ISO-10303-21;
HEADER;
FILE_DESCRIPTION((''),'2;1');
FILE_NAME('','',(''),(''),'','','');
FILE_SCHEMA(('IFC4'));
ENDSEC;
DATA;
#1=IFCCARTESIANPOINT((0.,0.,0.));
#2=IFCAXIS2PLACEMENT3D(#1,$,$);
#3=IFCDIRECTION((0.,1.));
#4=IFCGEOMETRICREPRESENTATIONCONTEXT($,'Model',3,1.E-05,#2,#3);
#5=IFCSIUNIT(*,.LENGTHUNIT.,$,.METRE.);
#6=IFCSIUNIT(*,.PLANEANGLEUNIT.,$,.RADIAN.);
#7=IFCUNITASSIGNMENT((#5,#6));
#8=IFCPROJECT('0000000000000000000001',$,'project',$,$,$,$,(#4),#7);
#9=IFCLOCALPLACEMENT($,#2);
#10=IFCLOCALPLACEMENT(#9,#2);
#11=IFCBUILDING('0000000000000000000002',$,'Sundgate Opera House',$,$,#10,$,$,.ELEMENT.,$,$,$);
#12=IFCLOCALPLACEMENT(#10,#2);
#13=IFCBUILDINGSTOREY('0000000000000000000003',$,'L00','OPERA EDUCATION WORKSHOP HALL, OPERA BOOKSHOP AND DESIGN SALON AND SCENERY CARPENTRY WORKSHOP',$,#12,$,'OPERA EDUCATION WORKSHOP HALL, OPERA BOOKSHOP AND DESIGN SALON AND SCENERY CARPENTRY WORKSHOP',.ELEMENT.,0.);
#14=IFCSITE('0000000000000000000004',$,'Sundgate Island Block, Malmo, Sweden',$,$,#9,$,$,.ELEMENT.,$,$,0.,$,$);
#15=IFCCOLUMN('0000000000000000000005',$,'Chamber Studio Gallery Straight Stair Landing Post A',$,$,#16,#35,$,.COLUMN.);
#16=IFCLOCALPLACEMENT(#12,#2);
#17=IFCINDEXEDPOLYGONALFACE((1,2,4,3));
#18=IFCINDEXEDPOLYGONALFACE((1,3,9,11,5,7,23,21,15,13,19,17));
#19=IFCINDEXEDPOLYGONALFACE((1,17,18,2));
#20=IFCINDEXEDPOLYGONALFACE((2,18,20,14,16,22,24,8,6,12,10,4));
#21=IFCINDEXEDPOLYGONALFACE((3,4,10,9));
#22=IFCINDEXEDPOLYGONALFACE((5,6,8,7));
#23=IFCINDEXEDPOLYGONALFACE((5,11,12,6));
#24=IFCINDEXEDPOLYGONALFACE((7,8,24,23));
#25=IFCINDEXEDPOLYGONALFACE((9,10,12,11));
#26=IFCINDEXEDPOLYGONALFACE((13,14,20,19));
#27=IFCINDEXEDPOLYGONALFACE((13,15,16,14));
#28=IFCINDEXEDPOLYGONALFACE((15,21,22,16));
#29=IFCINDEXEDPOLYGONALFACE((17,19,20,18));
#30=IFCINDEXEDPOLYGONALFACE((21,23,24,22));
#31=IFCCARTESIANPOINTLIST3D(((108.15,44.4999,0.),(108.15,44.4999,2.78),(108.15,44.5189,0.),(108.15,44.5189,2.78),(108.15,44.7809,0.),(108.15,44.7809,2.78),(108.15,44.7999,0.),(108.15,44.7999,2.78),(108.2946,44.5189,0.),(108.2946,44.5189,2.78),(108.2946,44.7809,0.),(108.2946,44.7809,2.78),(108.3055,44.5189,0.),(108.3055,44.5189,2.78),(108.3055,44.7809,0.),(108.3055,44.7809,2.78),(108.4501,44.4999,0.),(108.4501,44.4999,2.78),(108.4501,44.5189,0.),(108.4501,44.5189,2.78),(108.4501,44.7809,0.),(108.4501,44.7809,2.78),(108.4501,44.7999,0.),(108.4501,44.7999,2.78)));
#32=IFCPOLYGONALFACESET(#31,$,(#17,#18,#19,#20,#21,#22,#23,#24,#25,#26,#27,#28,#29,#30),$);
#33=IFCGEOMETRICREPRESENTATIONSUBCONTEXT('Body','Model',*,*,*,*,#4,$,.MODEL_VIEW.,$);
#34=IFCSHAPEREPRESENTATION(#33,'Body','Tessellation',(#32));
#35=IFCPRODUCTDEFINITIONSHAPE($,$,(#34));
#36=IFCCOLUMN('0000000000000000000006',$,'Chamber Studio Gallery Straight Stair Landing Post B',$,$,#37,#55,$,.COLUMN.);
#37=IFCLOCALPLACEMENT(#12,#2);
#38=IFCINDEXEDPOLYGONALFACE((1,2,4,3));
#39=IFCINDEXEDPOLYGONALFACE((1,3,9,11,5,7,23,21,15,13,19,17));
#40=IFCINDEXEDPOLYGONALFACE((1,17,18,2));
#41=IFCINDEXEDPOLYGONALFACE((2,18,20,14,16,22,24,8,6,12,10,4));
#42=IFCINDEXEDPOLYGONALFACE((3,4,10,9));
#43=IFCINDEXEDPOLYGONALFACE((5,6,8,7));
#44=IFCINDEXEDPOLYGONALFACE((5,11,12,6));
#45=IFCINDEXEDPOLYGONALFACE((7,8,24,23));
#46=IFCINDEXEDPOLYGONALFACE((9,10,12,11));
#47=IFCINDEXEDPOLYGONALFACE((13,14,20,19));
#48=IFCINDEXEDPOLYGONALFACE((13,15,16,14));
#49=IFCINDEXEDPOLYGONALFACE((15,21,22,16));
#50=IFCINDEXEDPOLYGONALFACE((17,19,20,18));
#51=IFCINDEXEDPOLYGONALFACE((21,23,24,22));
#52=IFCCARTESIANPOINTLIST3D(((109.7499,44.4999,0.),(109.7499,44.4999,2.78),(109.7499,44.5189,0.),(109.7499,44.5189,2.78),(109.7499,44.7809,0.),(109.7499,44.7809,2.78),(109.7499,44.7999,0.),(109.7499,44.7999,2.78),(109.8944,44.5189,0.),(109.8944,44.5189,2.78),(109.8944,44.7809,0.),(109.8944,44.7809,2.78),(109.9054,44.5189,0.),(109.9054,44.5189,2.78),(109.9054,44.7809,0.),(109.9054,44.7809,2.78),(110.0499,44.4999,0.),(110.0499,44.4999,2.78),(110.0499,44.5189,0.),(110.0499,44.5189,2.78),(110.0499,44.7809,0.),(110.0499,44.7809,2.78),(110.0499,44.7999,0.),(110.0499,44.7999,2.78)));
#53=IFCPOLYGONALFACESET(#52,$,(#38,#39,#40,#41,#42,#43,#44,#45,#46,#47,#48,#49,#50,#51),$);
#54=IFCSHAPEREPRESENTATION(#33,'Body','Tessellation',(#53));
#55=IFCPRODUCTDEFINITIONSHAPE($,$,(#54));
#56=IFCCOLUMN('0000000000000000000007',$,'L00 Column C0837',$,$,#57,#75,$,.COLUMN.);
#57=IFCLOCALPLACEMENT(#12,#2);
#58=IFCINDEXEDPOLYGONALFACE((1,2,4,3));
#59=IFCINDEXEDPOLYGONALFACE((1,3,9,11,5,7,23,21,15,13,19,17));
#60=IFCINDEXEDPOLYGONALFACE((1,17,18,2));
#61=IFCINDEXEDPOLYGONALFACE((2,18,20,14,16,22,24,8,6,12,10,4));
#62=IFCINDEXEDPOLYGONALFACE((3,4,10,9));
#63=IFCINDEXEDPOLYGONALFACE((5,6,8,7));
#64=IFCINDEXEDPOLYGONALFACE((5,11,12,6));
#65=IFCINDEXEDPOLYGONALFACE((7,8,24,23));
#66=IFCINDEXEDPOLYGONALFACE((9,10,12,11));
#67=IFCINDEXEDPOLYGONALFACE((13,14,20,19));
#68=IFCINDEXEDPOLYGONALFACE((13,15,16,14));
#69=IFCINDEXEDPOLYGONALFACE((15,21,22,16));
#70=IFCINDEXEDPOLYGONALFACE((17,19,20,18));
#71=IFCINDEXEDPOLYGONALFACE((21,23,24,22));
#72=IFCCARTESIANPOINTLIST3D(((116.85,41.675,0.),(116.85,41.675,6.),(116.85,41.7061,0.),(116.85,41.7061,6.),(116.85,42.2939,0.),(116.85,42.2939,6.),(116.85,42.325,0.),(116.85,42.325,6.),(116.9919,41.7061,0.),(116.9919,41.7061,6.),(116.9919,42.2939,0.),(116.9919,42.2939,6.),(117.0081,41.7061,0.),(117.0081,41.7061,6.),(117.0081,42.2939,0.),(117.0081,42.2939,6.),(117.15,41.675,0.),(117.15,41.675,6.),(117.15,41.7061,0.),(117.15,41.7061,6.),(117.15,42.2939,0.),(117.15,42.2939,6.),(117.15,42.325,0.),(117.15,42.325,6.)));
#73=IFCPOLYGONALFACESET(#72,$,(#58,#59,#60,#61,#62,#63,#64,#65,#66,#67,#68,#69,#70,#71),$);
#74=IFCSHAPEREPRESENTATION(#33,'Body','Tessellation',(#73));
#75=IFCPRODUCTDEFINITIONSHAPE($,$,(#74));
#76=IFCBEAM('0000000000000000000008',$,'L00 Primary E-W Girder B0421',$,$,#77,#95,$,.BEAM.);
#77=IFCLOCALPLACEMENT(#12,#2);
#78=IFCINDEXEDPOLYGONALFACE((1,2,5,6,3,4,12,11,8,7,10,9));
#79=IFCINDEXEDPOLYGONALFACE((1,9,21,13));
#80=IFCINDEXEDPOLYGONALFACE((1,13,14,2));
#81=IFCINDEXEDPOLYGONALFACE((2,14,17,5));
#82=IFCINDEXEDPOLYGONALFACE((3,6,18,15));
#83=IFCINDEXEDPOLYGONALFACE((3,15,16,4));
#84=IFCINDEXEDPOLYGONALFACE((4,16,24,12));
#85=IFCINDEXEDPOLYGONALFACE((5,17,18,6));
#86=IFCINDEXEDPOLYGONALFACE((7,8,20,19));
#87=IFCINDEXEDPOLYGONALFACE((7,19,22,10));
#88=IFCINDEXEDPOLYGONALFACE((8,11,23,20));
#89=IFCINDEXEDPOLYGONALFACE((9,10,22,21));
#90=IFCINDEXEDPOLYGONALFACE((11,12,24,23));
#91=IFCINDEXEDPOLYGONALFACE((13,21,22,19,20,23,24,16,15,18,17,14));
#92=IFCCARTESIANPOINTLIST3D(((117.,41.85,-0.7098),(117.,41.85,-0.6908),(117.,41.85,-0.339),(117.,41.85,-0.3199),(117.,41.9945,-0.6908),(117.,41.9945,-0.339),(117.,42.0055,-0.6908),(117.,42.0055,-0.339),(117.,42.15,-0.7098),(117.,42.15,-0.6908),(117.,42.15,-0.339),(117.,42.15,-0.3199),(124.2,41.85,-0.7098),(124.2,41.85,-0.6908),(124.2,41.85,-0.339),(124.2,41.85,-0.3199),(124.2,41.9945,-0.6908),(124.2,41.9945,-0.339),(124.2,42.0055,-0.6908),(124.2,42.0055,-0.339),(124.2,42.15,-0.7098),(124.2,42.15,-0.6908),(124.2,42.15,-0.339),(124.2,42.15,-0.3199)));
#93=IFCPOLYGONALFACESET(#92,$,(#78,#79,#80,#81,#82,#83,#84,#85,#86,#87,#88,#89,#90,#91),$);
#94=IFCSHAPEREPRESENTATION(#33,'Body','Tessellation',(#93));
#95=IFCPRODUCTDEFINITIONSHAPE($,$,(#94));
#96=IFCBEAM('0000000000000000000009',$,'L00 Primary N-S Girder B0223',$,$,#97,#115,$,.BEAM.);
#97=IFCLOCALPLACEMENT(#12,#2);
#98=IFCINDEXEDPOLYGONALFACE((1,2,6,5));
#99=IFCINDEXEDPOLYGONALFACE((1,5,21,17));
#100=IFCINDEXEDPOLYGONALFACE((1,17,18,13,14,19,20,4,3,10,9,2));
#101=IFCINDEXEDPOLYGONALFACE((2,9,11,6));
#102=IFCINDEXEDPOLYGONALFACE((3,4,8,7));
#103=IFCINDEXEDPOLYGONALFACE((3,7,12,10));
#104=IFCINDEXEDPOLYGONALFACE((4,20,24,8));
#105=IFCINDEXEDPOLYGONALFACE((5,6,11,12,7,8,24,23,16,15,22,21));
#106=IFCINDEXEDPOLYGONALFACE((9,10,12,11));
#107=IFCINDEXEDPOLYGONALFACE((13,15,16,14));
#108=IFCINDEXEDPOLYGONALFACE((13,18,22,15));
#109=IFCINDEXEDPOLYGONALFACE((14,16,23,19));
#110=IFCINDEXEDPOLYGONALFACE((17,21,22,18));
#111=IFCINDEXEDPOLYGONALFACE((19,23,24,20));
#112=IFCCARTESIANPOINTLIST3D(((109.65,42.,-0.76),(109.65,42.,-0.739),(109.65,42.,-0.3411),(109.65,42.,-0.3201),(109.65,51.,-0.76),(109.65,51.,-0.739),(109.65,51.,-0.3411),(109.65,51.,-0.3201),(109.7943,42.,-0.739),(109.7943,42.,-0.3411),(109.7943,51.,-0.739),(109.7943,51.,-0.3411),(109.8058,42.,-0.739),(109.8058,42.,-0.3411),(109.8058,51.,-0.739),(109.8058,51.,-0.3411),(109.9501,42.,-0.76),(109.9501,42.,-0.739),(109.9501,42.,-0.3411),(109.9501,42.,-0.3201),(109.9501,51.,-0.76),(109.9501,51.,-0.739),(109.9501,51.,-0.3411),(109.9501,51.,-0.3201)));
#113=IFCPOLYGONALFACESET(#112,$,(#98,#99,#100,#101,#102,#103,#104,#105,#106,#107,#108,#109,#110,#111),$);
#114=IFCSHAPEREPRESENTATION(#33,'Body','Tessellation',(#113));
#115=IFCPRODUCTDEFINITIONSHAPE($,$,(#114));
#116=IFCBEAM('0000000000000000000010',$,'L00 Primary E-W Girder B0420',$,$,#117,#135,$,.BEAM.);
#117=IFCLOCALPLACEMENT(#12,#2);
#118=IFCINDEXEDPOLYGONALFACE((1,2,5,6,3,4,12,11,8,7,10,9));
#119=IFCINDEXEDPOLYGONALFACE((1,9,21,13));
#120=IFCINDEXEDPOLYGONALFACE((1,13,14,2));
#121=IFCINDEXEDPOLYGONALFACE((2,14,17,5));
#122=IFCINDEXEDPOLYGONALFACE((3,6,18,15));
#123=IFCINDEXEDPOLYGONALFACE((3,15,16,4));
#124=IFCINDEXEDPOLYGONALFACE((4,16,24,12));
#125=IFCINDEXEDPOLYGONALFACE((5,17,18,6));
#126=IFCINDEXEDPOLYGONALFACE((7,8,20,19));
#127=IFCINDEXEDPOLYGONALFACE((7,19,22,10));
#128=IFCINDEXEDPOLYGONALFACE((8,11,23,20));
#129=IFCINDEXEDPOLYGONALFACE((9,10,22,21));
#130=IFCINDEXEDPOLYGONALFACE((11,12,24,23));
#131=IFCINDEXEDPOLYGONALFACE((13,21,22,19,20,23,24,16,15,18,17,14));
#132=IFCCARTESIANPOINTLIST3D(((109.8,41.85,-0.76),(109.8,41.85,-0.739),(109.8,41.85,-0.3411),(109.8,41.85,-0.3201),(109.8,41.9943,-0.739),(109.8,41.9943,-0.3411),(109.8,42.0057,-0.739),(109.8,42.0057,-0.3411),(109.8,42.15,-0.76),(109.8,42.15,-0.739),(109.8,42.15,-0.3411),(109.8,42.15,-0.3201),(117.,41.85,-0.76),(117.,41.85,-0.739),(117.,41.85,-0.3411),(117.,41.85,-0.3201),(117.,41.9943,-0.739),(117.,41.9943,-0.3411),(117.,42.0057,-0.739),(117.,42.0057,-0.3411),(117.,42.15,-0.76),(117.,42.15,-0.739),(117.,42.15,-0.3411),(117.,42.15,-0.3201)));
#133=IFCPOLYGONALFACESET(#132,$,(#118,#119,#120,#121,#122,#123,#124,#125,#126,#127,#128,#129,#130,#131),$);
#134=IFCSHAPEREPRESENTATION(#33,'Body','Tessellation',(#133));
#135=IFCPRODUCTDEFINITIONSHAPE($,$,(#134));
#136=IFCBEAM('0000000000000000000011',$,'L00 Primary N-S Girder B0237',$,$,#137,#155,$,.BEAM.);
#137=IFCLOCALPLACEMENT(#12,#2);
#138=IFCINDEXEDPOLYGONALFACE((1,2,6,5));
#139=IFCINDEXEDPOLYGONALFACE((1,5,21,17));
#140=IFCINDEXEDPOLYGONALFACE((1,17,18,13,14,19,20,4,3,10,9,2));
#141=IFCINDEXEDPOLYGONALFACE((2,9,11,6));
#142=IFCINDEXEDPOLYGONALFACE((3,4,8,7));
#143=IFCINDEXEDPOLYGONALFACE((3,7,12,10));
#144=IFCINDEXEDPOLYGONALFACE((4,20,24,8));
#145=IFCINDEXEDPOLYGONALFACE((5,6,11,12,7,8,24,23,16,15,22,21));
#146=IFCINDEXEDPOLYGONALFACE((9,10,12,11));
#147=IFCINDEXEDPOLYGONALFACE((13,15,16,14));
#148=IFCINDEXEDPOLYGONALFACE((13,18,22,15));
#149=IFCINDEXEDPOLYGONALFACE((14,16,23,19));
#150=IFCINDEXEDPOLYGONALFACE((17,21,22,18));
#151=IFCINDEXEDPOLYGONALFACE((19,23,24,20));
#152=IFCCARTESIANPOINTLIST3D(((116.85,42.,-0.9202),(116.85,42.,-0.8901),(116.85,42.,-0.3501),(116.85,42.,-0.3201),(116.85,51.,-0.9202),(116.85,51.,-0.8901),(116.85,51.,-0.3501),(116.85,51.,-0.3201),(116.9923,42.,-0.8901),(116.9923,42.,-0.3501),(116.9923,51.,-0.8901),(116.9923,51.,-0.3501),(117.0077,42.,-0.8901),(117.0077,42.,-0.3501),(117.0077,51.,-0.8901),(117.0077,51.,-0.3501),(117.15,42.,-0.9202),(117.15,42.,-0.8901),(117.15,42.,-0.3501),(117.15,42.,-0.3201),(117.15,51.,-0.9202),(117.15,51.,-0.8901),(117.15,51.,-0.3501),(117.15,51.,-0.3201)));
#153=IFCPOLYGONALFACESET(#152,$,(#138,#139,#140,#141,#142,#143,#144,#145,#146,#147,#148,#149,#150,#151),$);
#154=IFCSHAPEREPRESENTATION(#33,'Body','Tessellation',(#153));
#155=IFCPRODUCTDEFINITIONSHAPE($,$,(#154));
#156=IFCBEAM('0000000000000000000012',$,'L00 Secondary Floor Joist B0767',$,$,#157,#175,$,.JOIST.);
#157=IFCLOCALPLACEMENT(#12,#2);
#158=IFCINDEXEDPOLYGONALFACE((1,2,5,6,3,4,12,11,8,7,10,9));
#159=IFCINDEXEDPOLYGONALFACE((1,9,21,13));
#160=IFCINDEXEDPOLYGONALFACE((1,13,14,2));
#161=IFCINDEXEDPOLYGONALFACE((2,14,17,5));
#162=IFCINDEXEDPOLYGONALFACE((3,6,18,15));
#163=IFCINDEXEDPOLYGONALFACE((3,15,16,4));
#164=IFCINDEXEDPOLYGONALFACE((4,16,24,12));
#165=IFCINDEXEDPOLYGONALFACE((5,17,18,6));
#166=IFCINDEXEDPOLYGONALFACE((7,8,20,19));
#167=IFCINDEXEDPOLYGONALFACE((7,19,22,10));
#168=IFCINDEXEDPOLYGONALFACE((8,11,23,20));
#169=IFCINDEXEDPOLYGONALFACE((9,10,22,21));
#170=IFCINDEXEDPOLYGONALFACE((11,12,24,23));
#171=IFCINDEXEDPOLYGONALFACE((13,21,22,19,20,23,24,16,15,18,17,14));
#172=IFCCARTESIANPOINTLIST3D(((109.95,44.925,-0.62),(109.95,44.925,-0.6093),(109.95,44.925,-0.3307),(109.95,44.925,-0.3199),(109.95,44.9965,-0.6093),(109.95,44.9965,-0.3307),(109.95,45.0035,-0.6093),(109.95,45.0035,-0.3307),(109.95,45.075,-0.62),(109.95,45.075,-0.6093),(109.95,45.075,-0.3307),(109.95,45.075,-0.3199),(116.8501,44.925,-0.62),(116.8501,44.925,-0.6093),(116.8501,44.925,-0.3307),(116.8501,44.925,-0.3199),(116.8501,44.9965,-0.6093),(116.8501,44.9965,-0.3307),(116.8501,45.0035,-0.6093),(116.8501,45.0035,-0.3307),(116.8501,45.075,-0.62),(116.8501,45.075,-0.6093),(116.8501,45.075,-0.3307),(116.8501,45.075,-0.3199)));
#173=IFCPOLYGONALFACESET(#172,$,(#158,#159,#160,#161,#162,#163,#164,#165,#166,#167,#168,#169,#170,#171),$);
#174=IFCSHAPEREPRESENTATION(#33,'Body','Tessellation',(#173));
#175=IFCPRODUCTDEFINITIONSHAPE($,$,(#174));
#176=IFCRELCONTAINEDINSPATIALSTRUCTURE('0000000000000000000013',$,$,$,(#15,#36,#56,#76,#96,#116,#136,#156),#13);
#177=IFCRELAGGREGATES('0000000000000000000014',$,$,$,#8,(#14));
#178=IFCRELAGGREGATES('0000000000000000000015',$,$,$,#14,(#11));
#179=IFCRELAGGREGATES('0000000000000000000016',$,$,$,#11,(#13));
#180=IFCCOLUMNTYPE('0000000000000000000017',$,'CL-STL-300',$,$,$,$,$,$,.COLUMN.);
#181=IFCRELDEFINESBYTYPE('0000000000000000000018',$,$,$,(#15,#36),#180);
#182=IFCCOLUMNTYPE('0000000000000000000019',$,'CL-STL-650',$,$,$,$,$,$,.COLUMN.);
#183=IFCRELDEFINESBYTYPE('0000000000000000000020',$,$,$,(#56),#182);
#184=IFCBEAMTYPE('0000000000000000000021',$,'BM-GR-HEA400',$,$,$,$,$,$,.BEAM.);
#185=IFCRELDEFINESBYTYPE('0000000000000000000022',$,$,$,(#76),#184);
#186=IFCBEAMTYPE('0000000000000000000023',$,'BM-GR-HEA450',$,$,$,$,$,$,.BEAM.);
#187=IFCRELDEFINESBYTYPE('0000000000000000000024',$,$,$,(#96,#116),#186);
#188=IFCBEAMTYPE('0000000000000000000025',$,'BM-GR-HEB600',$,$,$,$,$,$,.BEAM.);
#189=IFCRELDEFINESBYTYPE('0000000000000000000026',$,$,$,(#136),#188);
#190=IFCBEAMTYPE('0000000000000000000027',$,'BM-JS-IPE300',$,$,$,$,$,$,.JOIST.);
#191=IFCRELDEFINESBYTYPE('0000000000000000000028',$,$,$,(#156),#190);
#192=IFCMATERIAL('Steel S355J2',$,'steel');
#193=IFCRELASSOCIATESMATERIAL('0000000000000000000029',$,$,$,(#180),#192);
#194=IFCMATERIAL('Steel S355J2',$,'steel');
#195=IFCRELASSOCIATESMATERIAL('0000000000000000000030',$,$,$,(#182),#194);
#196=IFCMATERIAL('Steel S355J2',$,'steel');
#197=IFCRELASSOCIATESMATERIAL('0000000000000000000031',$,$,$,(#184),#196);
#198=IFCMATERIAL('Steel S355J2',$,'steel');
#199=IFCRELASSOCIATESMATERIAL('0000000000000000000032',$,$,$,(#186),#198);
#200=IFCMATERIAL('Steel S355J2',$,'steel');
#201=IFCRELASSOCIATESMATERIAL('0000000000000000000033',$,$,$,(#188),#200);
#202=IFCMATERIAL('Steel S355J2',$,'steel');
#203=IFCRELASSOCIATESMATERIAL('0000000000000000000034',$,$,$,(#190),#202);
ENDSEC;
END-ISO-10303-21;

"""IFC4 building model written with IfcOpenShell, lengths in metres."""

from ifc_helpers import new_model, si_unit, direction, frame, origin, origin_2d, place, context, subcontext, project, spatial, i_section, extrude, material, material_profile, profile_set, type_object, element, save


model = new_model("IFC4")

# Units and contexts
model_context = context("Model", 3, precision=1e-05, world=origin(), true_north=direction((0.0, 1.0)))
body_context = subcontext(model_context, "Body", "Model", "MODEL_VIEW")
ifc_project = project(units=[si_unit("LENGTHUNIT", "METRE"), si_unit("PLANEANGLEUNIT", "RADIAN")], contexts=[model_context])

# Site, building, storey
site_placement = place(None, origin())
site = spatial("IfcSite", under=ifc_project, at=site_placement, Name="Sundgate Island Block, Malmo, Sweden", CompositionType="ELEMENT", RefElevation=0.0)
building_placement = place(site_placement, origin())
building = spatial("IfcBuilding", under=site, at=building_placement, Name="Sundgate Opera House", CompositionType="ELEMENT")
storey_placement = place(building_placement, origin())
storey = spatial("IfcBuildingStorey", under=building, at=storey_placement, Name="L00", Description="OPERA EDUCATION WORKSHOP HALL, OPERA BOOKSHOP AND DESIGN SALON AND SCENERY CARPENTRY WORKSHOP", LongName="OPERA EDUCATION WORKSHOP HALL, OPERA BOOKSHOP AND DESIGN SALON AND SCENERY CARPENTRY WORKSHOP", CompositionType="ELEMENT", Elevation=0.0)

# Columns
ifc_material_1 = material(Name="Steel S355J2", Category="steel")
ifc_material_profile_1 = material_profile(ifc_material_1, i_section(OverallWidth=0.3, OverallDepth=0.3, WebThickness=0.011, FlangeThickness=0.019, at=origin_2d()), Name="HEB 300")
ifc_profile_set_1 = profile_set([ifc_material_profile_1], Name="Steel S355J2")
column_type_1 = type_object("IfcColumnType", Name="CL-STL-300", PredefinedType="COLUMN", material=ifc_profile_set_1)
for number, where, z_axis, x_axis, name in (
    (1, (108.3, 44.6499, 0.0), (0.0, 0.0, 1.0), (1.0, 0.0, 0.0), "Chamber Studio Gallery Straight Stair Landing Post A"),
    (2, (109.8999, 44.6499, 0.0), (0.0, 0.0, 1.0), (1.0, 0.0, 0.0), "Chamber Studio Gallery Straight Stair Landing Post B"),
):
    element("IfcColumn", number, at=place(storey_placement, frame(where, z_axis=z_axis, x_axis=x_axis)), inside=storey, type_object=column_type_1, Name=name, PredefinedType="COLUMN", context=body_context, shape_type="SweptSolid", body=[
        extrude(i_section(OverallWidth=0.3, OverallDepth=0.3, WebThickness=0.011, FlangeThickness=0.019, at=origin_2d()), origin(), (0.0, 0.0, 1.0), 2.78),
    ])
ifc_material_2 = material(Name="Steel S355J2", Category="steel")
ifc_material_profile_2 = material_profile(ifc_material_2, i_section(OverallWidth=0.3, OverallDepth=0.6499, WebThickness=0.0161, FlangeThickness=0.031, at=origin_2d()), Name="HEB 650")
ifc_profile_set_2 = profile_set([ifc_material_profile_2], Name="Steel S355J2")
column_type_2 = type_object("IfcColumnType", Name="CL-STL-650", PredefinedType="COLUMN", material=ifc_profile_set_2)
column_placement = place(storey_placement, frame((117.0, 42.0, 0.0), z_axis=(0.0, 0.0, 1.0), x_axis=(1.0, 0.0, 0.0)))
element("IfcColumn", 3, at=column_placement, inside=storey, type_object=column_type_2, Name="L00 Column C0837", PredefinedType="COLUMN", context=body_context, shape_type="SweptSolid", body=[
    extrude(i_section(OverallWidth=0.3, OverallDepth=0.6499, WebThickness=0.0161, FlangeThickness=0.031, at=origin_2d()), origin(), (0.0, 0.0, 1.0), 6.0),
])

# Beams
ifc_material_3 = material(Name="Steel S355J2", Category="steel")
ifc_material_profile_3 = material_profile(ifc_material_3, i_section(OverallWidth=0.3, OverallDepth=0.3899, WebThickness=0.011, FlangeThickness=0.019, at=origin_2d()), Name="HEA 400")
ifc_profile_set_3 = profile_set([ifc_material_profile_3], Name="Steel S355J2")
beam_type_1 = type_object("IfcBeamType", Name="BM-GR-HEA400", PredefinedType="BEAM", material=ifc_profile_set_3)
beam_1_placement = place(storey_placement, frame((117.0, 42.0, -0.5149), z_axis=(1.0, 0.0, 0.0), x_axis=(0.0, 1.0, 0.0)))
element("IfcBeam", 4, at=beam_1_placement, inside=storey, type_object=beam_type_1, Name="L00 Primary E-W Girder B0421", PredefinedType="BEAM", context=body_context, shape_type="SweptSolid", body=[
    extrude(i_section(OverallWidth=0.3, OverallDepth=0.3899, WebThickness=0.011, FlangeThickness=0.019, at=origin_2d()), origin(), (0.0, 0.0, 1.0), 7.2),
])
ifc_material_4 = material(Name="Steel S355J2", Category="steel")
ifc_material_profile_4 = material_profile(ifc_material_4, i_section(OverallWidth=0.3, OverallDepth=0.4399, WebThickness=0.0115, FlangeThickness=0.021, at=origin_2d()), Name="HEA 450")
ifc_profile_set_4 = profile_set([ifc_material_profile_4], Name="Steel S355J2")
beam_type_2 = type_object("IfcBeamType", Name="BM-GR-HEA450", PredefinedType="BEAM", material=ifc_profile_set_4)
beam_2_placement = place(storey_placement, frame((109.8, 42.0, -0.54), z_axis=(0.0, 1.0, 0.0), x_axis=(-1.0, 0.0, 0.0)))
element("IfcBeam", 5, at=beam_2_placement, inside=storey, type_object=beam_type_2, Name="L00 Primary N-S Girder B0223", PredefinedType="BEAM", context=body_context, shape_type="SweptSolid", body=[
    extrude(i_section(OverallWidth=0.3, OverallDepth=0.4399, WebThickness=0.0115, FlangeThickness=0.021, at=origin_2d()), origin(), (0.0, 0.0, 1.0), 9.0),
])
beam_3_placement = place(storey_placement, frame((109.8, 42.0, -0.54), z_axis=(1.0, 0.0, 0.0), x_axis=(0.0, 1.0, 0.0)))
element("IfcBeam", 6, at=beam_3_placement, inside=storey, type_object=beam_type_2, Name="L00 Primary E-W Girder B0420", PredefinedType="BEAM", context=body_context, shape_type="SweptSolid", body=[
    extrude(i_section(OverallWidth=0.3, OverallDepth=0.4399, WebThickness=0.0115, FlangeThickness=0.021, at=origin_2d()), origin(), (0.0, 0.0, 1.0), 7.2),
])
ifc_material_5 = material(Name="Steel S355J2", Category="steel")
ifc_material_profile_5 = material_profile(ifc_material_5, i_section(OverallWidth=0.3, OverallDepth=0.6001, WebThickness=0.0154, FlangeThickness=0.03, at=origin_2d()), Name="HEB 600")
ifc_profile_set_5 = profile_set([ifc_material_profile_5], Name="Steel S355J2")
beam_type_3 = type_object("IfcBeamType", Name="BM-GR-HEB600", PredefinedType="BEAM", material=ifc_profile_set_5)
beam_4_placement = place(storey_placement, frame((117.0, 42.0, -0.6201), z_axis=(0.0, 1.0, 0.0), x_axis=(-1.0, 0.0, 0.0)))
element("IfcBeam", 7, at=beam_4_placement, inside=storey, type_object=beam_type_3, Name="L00 Primary N-S Girder B0237", PredefinedType="BEAM", context=body_context, shape_type="SweptSolid", body=[
    extrude(i_section(OverallWidth=0.3, OverallDepth=0.6001, WebThickness=0.0154, FlangeThickness=0.03, at=origin_2d()), origin(), (0.0, 0.0, 1.0), 9.0),
])
ifc_material_6 = material(Name="Steel S355J2", Category="steel")
ifc_material_profile_6 = material_profile(ifc_material_6, i_section(OverallWidth=0.1499, OverallDepth=0.3, WebThickness=0.0071, FlangeThickness=0.0107, at=origin_2d()), Name="IPE 300")
ifc_profile_set_6 = profile_set([ifc_material_profile_6], Name="Steel S355J2")
beam_type_4 = type_object("IfcBeamType", Name="BM-JS-IPE300", PredefinedType="JOIST", material=ifc_profile_set_6)
beam_5_placement = place(storey_placement, frame((109.95, 45.0, -0.47), z_axis=(1.0, 0.0, 0.0), x_axis=(0.0, 1.0, 0.0)))
element("IfcBeam", 8, at=beam_5_placement, inside=storey, type_object=beam_type_4, Name="L00 Secondary Floor Joist B0767", PredefinedType="JOIST", context=body_context, shape_type="SweptSolid", body=[
    extrude(i_section(OverallWidth=0.1499, OverallDepth=0.3, WebThickness=0.0071, FlangeThickness=0.0107, at=origin_2d()), origin(), (0.0, 0.0, 1.0), 6.9001),
])

save(model, "model.ifc")
